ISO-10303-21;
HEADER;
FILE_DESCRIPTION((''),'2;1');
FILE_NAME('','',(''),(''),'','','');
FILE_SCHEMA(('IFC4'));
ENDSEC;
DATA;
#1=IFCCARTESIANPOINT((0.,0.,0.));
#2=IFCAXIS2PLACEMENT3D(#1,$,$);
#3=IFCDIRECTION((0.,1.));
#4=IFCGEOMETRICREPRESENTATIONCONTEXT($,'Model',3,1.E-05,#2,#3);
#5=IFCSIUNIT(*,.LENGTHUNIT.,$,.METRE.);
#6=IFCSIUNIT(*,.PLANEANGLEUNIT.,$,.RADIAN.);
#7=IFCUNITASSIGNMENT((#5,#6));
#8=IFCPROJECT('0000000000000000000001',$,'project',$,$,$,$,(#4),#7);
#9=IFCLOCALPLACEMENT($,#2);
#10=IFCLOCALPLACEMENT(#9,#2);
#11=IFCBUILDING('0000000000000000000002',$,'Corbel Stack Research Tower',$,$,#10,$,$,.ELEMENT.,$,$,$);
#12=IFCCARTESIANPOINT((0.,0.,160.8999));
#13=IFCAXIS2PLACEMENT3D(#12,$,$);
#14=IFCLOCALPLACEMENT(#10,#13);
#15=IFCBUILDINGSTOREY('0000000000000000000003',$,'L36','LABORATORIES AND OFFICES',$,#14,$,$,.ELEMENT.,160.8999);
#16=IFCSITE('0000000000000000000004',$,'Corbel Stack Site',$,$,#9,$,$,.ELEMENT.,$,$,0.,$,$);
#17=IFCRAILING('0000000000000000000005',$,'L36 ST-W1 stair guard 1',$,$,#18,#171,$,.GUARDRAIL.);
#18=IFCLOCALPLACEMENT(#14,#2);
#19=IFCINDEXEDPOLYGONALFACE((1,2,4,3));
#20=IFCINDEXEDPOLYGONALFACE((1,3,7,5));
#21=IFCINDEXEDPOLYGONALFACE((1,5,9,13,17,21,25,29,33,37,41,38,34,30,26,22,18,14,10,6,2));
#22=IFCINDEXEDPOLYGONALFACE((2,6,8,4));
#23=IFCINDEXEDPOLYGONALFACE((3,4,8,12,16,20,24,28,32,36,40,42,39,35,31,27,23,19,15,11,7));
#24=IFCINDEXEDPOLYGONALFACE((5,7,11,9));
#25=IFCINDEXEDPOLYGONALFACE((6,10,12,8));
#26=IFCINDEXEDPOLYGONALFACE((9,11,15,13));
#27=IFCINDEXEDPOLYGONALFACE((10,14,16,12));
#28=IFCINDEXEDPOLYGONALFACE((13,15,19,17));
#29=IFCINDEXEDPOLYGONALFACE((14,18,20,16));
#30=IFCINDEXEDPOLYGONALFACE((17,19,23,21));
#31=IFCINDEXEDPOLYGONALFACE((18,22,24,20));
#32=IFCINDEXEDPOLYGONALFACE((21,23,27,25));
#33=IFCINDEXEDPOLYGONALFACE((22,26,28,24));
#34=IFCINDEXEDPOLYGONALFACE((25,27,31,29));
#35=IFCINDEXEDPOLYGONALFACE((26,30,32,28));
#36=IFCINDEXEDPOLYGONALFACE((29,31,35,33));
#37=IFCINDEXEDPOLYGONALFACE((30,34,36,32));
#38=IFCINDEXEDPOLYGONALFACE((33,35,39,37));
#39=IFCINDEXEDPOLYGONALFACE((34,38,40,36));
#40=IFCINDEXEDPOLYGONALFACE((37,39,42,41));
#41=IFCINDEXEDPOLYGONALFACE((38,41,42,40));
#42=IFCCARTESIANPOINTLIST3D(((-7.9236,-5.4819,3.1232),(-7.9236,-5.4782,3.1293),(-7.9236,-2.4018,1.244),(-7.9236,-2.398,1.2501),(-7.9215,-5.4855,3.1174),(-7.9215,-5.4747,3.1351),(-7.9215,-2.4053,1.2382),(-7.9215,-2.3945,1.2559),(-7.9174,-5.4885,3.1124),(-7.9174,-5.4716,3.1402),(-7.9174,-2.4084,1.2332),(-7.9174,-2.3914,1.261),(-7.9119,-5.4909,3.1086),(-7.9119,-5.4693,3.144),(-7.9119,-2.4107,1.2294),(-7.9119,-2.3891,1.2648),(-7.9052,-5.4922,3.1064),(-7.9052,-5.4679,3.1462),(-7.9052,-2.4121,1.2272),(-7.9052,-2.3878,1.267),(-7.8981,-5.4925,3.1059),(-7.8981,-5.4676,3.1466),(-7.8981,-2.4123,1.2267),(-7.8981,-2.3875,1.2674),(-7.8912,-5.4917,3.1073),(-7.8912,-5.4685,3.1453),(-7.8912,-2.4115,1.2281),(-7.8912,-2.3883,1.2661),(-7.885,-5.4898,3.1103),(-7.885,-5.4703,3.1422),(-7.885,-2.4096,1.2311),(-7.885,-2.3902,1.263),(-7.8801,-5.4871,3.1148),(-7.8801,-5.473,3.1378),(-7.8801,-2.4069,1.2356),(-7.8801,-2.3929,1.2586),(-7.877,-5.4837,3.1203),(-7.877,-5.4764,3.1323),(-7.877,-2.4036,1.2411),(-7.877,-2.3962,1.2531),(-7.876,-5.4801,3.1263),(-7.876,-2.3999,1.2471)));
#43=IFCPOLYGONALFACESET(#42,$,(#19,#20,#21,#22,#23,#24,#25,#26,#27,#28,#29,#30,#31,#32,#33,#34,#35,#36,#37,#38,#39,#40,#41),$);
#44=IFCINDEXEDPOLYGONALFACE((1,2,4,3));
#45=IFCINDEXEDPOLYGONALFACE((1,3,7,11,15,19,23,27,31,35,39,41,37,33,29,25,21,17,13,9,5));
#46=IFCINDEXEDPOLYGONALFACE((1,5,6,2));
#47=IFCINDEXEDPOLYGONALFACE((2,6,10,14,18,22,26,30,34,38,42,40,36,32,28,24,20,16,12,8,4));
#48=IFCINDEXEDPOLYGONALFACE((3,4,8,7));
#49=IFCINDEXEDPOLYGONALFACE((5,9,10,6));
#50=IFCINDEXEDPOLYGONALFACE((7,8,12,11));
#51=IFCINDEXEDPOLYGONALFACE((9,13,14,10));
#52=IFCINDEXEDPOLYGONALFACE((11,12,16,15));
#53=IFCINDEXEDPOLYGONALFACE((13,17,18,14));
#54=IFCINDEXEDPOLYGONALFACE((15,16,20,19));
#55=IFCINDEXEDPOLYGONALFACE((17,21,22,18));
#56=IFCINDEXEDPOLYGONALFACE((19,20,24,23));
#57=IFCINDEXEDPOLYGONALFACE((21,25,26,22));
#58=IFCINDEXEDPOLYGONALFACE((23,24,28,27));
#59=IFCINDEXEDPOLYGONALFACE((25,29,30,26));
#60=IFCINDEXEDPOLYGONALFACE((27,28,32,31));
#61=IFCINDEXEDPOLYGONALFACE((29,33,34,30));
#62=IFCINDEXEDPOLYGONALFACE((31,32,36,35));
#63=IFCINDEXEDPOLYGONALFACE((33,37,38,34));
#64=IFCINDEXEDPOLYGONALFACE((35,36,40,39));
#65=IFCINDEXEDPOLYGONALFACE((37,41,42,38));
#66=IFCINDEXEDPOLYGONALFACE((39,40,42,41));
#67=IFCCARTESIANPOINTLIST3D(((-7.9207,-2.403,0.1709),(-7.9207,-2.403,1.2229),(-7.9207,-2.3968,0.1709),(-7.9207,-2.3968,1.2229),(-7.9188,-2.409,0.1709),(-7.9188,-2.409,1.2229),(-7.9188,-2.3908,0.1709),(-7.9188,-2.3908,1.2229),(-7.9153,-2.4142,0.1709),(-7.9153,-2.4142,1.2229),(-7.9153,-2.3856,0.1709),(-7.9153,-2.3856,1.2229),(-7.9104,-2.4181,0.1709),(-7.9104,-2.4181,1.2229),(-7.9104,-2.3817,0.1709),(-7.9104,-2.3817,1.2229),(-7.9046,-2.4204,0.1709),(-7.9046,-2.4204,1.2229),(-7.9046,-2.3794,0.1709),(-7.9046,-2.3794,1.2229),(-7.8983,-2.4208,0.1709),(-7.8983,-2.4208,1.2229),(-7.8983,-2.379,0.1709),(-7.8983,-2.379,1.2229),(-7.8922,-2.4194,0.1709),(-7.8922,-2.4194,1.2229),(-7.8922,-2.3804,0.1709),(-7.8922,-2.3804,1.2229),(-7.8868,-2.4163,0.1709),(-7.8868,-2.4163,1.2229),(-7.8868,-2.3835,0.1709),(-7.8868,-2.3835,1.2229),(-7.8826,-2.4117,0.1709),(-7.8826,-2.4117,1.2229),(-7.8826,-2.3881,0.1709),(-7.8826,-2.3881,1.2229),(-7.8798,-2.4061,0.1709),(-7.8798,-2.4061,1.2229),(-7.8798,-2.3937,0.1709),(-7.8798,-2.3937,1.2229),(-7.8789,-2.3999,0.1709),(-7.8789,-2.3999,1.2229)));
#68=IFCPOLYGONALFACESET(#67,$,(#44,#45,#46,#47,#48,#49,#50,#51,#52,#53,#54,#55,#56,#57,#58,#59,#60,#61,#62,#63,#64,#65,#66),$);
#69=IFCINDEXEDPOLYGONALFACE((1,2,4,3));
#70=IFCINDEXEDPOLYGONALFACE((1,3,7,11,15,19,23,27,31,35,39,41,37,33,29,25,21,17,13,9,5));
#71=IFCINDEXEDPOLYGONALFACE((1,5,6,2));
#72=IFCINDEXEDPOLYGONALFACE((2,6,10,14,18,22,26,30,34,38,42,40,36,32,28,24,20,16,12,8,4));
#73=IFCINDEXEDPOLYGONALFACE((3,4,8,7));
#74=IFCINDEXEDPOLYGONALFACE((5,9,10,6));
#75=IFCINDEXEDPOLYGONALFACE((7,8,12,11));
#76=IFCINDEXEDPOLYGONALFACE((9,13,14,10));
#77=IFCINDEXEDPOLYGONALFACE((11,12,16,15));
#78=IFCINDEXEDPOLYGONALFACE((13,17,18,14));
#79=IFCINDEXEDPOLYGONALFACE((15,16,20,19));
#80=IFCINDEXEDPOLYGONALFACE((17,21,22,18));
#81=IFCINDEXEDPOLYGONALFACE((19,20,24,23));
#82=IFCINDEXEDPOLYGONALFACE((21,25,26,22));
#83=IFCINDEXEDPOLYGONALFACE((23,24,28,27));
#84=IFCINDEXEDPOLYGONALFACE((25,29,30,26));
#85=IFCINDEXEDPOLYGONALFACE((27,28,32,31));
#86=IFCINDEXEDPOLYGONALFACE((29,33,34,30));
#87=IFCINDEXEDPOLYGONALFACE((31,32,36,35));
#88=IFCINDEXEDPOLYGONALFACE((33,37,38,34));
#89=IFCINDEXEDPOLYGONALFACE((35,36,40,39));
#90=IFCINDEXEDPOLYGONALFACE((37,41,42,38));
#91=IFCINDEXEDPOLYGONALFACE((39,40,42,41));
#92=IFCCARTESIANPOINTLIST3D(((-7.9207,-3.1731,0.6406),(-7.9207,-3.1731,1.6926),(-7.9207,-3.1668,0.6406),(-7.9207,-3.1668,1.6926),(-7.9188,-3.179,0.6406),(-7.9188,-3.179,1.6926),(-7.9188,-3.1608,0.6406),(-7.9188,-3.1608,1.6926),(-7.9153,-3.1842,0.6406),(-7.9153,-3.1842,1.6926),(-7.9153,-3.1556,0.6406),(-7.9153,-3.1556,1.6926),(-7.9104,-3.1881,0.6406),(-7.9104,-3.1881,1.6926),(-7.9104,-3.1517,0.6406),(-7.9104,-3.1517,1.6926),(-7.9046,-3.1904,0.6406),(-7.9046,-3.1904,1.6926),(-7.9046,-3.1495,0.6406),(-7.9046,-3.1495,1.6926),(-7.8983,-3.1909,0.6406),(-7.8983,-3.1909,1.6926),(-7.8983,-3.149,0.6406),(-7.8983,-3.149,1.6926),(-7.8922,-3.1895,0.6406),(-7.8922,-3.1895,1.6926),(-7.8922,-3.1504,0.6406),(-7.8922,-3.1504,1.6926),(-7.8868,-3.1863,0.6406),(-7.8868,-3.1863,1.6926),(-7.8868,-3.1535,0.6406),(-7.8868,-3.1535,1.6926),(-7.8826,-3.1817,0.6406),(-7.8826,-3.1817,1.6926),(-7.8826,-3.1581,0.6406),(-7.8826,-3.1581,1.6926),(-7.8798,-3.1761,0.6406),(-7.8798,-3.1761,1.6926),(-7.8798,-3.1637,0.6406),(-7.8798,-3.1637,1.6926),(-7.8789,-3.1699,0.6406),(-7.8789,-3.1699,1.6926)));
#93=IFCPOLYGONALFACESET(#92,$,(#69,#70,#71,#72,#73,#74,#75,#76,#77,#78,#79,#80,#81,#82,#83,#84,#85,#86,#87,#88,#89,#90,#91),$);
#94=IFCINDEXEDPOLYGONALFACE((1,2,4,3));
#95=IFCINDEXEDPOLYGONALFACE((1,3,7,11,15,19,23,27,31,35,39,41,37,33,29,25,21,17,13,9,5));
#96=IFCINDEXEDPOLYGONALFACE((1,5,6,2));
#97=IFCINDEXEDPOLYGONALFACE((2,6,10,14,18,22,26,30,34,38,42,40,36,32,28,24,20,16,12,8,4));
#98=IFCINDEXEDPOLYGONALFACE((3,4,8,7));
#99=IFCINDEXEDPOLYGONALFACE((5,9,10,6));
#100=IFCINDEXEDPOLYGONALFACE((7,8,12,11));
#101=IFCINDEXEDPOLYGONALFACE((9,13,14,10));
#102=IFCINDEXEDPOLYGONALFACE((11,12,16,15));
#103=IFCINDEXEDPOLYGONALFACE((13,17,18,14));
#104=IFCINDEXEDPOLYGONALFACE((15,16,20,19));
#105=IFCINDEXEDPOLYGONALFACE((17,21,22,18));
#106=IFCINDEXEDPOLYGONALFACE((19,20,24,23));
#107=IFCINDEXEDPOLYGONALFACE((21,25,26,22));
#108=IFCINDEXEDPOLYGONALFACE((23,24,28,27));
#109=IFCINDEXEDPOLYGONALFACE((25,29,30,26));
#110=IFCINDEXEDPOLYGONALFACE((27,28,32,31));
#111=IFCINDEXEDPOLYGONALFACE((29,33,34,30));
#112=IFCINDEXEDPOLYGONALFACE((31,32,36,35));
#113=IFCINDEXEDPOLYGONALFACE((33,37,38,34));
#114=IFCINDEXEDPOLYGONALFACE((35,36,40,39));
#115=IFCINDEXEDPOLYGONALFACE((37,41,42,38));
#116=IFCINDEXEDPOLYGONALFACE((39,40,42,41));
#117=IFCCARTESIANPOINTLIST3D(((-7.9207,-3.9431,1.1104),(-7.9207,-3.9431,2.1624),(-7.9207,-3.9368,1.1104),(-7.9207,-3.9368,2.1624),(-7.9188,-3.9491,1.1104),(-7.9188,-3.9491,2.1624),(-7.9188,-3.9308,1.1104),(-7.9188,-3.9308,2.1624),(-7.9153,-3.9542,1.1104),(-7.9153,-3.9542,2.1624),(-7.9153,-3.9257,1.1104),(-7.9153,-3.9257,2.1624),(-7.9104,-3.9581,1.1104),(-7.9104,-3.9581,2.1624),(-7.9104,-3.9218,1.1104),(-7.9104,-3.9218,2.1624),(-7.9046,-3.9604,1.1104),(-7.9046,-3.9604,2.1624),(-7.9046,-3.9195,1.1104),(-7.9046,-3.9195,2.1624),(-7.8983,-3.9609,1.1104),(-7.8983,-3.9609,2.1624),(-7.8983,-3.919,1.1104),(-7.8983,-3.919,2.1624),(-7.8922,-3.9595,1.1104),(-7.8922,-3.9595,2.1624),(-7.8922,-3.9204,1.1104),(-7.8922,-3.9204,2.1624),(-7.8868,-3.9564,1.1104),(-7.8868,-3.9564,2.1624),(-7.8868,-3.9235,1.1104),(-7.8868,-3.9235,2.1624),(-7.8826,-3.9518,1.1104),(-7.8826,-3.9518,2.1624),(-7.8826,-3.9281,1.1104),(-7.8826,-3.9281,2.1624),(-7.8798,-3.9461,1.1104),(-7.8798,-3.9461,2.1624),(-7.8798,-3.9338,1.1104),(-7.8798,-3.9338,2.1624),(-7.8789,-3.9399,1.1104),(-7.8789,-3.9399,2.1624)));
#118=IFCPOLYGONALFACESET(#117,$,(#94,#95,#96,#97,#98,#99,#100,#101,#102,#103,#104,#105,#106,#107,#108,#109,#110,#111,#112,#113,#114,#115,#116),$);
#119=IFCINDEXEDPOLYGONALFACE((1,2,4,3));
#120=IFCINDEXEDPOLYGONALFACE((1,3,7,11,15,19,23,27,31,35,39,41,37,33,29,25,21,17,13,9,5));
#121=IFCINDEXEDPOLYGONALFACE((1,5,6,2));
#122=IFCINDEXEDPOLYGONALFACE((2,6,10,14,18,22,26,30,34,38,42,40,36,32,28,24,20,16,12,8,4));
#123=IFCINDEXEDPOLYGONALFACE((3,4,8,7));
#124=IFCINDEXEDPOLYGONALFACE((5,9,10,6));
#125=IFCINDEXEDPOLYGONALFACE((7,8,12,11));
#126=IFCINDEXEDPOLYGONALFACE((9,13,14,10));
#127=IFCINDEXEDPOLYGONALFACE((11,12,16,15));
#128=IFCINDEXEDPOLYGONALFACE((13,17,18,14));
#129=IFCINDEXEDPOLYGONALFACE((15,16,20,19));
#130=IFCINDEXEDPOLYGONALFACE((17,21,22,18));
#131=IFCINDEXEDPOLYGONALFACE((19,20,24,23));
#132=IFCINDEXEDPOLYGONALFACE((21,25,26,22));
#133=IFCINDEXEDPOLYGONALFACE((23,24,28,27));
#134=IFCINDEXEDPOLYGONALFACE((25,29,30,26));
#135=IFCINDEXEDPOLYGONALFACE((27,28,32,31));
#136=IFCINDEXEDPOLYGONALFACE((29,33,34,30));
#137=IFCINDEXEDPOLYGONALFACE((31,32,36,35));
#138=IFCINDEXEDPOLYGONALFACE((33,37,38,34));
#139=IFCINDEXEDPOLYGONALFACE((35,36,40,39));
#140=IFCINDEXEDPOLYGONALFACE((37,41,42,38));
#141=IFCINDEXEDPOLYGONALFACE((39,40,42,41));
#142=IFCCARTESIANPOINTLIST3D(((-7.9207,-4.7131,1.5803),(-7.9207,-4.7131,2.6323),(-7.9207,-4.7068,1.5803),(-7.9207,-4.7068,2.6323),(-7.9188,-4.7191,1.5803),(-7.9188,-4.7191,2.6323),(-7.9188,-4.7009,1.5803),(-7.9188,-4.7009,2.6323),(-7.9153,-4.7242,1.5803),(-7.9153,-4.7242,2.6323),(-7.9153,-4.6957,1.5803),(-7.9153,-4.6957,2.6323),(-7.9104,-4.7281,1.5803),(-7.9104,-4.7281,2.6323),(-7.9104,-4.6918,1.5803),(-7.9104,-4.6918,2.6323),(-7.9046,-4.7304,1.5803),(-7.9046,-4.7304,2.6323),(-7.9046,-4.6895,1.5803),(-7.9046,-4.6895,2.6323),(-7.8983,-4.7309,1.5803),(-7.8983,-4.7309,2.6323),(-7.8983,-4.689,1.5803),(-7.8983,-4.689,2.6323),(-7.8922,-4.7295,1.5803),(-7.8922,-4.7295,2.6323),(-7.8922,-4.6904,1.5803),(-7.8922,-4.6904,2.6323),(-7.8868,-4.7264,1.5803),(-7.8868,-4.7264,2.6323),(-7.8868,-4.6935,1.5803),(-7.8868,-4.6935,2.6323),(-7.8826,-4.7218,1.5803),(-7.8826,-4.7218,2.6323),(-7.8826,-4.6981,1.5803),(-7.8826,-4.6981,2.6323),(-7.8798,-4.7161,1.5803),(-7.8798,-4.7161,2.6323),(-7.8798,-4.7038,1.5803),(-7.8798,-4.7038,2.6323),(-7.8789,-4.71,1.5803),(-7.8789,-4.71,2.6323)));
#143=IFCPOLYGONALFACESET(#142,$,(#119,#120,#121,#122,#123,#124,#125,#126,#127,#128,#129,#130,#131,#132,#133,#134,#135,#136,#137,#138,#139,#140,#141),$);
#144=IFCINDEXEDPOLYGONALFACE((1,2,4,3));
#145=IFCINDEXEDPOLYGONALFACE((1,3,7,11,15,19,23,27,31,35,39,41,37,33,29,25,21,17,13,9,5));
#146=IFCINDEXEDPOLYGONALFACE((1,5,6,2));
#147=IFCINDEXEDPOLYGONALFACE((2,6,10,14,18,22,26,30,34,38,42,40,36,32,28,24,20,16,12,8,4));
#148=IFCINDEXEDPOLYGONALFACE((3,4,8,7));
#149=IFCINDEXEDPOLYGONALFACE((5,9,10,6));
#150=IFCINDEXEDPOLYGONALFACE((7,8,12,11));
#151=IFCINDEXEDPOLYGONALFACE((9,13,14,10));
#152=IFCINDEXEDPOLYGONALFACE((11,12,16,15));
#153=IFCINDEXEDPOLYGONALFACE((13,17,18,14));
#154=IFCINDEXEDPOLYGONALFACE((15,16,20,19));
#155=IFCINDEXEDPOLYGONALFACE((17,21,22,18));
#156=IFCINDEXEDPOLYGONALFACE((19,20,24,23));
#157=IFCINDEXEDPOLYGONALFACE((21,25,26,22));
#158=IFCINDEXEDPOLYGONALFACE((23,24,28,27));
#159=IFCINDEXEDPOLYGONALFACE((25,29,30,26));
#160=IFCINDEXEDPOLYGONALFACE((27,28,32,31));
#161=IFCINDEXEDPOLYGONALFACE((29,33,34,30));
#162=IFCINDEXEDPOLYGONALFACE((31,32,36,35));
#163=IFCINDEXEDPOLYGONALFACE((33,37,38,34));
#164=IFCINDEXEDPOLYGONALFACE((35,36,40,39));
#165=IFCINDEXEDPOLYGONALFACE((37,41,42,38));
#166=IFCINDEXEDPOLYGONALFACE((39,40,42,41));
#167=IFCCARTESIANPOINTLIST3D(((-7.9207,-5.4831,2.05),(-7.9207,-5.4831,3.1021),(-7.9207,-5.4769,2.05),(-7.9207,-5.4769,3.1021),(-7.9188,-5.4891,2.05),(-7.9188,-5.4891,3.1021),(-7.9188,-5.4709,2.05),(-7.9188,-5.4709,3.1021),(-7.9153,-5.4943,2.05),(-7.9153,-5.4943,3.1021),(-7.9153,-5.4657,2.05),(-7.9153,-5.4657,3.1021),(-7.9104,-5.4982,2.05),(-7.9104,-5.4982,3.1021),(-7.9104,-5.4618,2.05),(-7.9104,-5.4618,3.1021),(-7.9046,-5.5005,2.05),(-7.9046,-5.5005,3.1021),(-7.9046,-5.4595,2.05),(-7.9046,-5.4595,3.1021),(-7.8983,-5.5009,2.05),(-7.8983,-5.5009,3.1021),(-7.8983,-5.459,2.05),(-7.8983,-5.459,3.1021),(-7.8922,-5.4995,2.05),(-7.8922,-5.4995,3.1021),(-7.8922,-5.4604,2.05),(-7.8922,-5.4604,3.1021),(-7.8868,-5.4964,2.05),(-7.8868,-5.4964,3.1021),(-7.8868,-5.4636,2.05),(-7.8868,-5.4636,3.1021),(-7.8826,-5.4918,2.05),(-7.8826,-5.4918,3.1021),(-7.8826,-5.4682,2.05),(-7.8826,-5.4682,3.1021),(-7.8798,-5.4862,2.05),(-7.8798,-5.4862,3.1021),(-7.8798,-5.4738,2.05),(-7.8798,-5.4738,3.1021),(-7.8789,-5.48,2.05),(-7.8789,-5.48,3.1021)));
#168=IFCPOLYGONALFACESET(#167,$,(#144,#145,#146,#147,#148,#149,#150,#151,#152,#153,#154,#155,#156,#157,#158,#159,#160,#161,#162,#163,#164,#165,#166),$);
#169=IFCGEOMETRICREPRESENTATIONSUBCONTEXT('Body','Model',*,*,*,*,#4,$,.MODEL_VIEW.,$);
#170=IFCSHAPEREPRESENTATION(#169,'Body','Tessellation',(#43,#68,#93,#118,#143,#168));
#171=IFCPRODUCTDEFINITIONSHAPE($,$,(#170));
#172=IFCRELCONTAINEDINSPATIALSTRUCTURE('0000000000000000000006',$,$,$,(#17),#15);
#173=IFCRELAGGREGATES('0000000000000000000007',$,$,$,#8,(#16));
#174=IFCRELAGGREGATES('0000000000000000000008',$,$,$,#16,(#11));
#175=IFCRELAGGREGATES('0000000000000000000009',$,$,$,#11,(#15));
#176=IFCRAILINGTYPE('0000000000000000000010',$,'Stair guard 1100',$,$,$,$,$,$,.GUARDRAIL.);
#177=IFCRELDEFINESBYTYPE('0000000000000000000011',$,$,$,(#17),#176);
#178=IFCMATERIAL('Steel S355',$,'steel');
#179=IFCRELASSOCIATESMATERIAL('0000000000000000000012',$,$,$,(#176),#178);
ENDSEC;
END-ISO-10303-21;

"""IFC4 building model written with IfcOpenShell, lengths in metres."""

from ifc_helpers import new_model, si_unit, direction, frame, origin, origin_2d, place, context, subcontext, project, spatial, circle, extrude, material, type_object, element, save


model = new_model("IFC4")

# Units and contexts
model_context = context("Model", 3, precision=1e-05, world=origin(), true_north=direction((0.0, 1.0)))
body_context = subcontext(model_context, "Body", "Model", "MODEL_VIEW")
ifc_project = project(units=[si_unit("LENGTHUNIT", "METRE"), si_unit("PLANEANGLEUNIT", "RADIAN")], contexts=[model_context])

# Site, building, storey
site_placement = place(None, origin())
site = spatial("IfcSite", under=ifc_project, at=site_placement, Name="Corbel Stack Site", CompositionType="ELEMENT", RefElevation=0.0)
building_placement = place(site_placement, origin())
building = spatial("IfcBuilding", under=site, at=building_placement, Name="Corbel Stack Research Tower", CompositionType="ELEMENT")
storey_placement = place(building_placement, frame((0.0, 0.0, 160.8999)))
storey = spatial("IfcBuildingStorey", under=building, at=storey_placement, Name="L36", Description="LABORATORIES AND OFFICES", CompositionType="ELEMENT", Elevation=160.8999)

# Railing
ifc_material_1 = material(Name="Steel S355", Category="steel")
railing_type_1 = type_object("IfcRailingType", Name="Stair guard 1100", PredefinedType="GUARDRAIL", material=ifc_material_1)
railing_1_placement = place(storey_placement, frame((-7.8999, -2.3999, 0.1709)))
element("IfcRailing", 1, at=railing_1_placement, inside=storey, type_object=railing_type_1, Name="L36 ST-W1 stair guard 1", PredefinedType="GUARDRAIL", context=body_context, shape_type="SweptSolid", body=[
    extrude(circle(Radius=0.0239, at=origin_2d()), frame((0.0, 0.0, 1.0762), z_axis=(0.0, -0.853666, 0.52082), x_axis=(1.0, 0.0, 0.0)), (0.0, 0.0, 1.0), 3.6082),
    extrude(circle(Radius=0.021, at=origin_2d()), origin(), (0.0, 0.0, 1.0), 1.052),
    extrude(circle(Radius=0.021, at=origin_2d()), frame((0.0, -0.77, 0.4697)), (0.0, 0.0, 1.0), 1.052),
    extrude(circle(Radius=0.021, at=origin_2d()), frame((0.0, -1.54, 0.9395)), (0.0, 0.0, 1.0), 1.052),
    extrude(circle(Radius=0.021, at=origin_2d()), frame((0.0, -2.3101, 1.4094)), (0.0, 0.0, 1.0), 1.052),
    extrude(circle(Radius=0.021, at=origin_2d()), frame((0.0, -3.0801, 1.8792)), (0.0, 0.0, 1.0), 1.052),
])

save(model, "model.ifc")
